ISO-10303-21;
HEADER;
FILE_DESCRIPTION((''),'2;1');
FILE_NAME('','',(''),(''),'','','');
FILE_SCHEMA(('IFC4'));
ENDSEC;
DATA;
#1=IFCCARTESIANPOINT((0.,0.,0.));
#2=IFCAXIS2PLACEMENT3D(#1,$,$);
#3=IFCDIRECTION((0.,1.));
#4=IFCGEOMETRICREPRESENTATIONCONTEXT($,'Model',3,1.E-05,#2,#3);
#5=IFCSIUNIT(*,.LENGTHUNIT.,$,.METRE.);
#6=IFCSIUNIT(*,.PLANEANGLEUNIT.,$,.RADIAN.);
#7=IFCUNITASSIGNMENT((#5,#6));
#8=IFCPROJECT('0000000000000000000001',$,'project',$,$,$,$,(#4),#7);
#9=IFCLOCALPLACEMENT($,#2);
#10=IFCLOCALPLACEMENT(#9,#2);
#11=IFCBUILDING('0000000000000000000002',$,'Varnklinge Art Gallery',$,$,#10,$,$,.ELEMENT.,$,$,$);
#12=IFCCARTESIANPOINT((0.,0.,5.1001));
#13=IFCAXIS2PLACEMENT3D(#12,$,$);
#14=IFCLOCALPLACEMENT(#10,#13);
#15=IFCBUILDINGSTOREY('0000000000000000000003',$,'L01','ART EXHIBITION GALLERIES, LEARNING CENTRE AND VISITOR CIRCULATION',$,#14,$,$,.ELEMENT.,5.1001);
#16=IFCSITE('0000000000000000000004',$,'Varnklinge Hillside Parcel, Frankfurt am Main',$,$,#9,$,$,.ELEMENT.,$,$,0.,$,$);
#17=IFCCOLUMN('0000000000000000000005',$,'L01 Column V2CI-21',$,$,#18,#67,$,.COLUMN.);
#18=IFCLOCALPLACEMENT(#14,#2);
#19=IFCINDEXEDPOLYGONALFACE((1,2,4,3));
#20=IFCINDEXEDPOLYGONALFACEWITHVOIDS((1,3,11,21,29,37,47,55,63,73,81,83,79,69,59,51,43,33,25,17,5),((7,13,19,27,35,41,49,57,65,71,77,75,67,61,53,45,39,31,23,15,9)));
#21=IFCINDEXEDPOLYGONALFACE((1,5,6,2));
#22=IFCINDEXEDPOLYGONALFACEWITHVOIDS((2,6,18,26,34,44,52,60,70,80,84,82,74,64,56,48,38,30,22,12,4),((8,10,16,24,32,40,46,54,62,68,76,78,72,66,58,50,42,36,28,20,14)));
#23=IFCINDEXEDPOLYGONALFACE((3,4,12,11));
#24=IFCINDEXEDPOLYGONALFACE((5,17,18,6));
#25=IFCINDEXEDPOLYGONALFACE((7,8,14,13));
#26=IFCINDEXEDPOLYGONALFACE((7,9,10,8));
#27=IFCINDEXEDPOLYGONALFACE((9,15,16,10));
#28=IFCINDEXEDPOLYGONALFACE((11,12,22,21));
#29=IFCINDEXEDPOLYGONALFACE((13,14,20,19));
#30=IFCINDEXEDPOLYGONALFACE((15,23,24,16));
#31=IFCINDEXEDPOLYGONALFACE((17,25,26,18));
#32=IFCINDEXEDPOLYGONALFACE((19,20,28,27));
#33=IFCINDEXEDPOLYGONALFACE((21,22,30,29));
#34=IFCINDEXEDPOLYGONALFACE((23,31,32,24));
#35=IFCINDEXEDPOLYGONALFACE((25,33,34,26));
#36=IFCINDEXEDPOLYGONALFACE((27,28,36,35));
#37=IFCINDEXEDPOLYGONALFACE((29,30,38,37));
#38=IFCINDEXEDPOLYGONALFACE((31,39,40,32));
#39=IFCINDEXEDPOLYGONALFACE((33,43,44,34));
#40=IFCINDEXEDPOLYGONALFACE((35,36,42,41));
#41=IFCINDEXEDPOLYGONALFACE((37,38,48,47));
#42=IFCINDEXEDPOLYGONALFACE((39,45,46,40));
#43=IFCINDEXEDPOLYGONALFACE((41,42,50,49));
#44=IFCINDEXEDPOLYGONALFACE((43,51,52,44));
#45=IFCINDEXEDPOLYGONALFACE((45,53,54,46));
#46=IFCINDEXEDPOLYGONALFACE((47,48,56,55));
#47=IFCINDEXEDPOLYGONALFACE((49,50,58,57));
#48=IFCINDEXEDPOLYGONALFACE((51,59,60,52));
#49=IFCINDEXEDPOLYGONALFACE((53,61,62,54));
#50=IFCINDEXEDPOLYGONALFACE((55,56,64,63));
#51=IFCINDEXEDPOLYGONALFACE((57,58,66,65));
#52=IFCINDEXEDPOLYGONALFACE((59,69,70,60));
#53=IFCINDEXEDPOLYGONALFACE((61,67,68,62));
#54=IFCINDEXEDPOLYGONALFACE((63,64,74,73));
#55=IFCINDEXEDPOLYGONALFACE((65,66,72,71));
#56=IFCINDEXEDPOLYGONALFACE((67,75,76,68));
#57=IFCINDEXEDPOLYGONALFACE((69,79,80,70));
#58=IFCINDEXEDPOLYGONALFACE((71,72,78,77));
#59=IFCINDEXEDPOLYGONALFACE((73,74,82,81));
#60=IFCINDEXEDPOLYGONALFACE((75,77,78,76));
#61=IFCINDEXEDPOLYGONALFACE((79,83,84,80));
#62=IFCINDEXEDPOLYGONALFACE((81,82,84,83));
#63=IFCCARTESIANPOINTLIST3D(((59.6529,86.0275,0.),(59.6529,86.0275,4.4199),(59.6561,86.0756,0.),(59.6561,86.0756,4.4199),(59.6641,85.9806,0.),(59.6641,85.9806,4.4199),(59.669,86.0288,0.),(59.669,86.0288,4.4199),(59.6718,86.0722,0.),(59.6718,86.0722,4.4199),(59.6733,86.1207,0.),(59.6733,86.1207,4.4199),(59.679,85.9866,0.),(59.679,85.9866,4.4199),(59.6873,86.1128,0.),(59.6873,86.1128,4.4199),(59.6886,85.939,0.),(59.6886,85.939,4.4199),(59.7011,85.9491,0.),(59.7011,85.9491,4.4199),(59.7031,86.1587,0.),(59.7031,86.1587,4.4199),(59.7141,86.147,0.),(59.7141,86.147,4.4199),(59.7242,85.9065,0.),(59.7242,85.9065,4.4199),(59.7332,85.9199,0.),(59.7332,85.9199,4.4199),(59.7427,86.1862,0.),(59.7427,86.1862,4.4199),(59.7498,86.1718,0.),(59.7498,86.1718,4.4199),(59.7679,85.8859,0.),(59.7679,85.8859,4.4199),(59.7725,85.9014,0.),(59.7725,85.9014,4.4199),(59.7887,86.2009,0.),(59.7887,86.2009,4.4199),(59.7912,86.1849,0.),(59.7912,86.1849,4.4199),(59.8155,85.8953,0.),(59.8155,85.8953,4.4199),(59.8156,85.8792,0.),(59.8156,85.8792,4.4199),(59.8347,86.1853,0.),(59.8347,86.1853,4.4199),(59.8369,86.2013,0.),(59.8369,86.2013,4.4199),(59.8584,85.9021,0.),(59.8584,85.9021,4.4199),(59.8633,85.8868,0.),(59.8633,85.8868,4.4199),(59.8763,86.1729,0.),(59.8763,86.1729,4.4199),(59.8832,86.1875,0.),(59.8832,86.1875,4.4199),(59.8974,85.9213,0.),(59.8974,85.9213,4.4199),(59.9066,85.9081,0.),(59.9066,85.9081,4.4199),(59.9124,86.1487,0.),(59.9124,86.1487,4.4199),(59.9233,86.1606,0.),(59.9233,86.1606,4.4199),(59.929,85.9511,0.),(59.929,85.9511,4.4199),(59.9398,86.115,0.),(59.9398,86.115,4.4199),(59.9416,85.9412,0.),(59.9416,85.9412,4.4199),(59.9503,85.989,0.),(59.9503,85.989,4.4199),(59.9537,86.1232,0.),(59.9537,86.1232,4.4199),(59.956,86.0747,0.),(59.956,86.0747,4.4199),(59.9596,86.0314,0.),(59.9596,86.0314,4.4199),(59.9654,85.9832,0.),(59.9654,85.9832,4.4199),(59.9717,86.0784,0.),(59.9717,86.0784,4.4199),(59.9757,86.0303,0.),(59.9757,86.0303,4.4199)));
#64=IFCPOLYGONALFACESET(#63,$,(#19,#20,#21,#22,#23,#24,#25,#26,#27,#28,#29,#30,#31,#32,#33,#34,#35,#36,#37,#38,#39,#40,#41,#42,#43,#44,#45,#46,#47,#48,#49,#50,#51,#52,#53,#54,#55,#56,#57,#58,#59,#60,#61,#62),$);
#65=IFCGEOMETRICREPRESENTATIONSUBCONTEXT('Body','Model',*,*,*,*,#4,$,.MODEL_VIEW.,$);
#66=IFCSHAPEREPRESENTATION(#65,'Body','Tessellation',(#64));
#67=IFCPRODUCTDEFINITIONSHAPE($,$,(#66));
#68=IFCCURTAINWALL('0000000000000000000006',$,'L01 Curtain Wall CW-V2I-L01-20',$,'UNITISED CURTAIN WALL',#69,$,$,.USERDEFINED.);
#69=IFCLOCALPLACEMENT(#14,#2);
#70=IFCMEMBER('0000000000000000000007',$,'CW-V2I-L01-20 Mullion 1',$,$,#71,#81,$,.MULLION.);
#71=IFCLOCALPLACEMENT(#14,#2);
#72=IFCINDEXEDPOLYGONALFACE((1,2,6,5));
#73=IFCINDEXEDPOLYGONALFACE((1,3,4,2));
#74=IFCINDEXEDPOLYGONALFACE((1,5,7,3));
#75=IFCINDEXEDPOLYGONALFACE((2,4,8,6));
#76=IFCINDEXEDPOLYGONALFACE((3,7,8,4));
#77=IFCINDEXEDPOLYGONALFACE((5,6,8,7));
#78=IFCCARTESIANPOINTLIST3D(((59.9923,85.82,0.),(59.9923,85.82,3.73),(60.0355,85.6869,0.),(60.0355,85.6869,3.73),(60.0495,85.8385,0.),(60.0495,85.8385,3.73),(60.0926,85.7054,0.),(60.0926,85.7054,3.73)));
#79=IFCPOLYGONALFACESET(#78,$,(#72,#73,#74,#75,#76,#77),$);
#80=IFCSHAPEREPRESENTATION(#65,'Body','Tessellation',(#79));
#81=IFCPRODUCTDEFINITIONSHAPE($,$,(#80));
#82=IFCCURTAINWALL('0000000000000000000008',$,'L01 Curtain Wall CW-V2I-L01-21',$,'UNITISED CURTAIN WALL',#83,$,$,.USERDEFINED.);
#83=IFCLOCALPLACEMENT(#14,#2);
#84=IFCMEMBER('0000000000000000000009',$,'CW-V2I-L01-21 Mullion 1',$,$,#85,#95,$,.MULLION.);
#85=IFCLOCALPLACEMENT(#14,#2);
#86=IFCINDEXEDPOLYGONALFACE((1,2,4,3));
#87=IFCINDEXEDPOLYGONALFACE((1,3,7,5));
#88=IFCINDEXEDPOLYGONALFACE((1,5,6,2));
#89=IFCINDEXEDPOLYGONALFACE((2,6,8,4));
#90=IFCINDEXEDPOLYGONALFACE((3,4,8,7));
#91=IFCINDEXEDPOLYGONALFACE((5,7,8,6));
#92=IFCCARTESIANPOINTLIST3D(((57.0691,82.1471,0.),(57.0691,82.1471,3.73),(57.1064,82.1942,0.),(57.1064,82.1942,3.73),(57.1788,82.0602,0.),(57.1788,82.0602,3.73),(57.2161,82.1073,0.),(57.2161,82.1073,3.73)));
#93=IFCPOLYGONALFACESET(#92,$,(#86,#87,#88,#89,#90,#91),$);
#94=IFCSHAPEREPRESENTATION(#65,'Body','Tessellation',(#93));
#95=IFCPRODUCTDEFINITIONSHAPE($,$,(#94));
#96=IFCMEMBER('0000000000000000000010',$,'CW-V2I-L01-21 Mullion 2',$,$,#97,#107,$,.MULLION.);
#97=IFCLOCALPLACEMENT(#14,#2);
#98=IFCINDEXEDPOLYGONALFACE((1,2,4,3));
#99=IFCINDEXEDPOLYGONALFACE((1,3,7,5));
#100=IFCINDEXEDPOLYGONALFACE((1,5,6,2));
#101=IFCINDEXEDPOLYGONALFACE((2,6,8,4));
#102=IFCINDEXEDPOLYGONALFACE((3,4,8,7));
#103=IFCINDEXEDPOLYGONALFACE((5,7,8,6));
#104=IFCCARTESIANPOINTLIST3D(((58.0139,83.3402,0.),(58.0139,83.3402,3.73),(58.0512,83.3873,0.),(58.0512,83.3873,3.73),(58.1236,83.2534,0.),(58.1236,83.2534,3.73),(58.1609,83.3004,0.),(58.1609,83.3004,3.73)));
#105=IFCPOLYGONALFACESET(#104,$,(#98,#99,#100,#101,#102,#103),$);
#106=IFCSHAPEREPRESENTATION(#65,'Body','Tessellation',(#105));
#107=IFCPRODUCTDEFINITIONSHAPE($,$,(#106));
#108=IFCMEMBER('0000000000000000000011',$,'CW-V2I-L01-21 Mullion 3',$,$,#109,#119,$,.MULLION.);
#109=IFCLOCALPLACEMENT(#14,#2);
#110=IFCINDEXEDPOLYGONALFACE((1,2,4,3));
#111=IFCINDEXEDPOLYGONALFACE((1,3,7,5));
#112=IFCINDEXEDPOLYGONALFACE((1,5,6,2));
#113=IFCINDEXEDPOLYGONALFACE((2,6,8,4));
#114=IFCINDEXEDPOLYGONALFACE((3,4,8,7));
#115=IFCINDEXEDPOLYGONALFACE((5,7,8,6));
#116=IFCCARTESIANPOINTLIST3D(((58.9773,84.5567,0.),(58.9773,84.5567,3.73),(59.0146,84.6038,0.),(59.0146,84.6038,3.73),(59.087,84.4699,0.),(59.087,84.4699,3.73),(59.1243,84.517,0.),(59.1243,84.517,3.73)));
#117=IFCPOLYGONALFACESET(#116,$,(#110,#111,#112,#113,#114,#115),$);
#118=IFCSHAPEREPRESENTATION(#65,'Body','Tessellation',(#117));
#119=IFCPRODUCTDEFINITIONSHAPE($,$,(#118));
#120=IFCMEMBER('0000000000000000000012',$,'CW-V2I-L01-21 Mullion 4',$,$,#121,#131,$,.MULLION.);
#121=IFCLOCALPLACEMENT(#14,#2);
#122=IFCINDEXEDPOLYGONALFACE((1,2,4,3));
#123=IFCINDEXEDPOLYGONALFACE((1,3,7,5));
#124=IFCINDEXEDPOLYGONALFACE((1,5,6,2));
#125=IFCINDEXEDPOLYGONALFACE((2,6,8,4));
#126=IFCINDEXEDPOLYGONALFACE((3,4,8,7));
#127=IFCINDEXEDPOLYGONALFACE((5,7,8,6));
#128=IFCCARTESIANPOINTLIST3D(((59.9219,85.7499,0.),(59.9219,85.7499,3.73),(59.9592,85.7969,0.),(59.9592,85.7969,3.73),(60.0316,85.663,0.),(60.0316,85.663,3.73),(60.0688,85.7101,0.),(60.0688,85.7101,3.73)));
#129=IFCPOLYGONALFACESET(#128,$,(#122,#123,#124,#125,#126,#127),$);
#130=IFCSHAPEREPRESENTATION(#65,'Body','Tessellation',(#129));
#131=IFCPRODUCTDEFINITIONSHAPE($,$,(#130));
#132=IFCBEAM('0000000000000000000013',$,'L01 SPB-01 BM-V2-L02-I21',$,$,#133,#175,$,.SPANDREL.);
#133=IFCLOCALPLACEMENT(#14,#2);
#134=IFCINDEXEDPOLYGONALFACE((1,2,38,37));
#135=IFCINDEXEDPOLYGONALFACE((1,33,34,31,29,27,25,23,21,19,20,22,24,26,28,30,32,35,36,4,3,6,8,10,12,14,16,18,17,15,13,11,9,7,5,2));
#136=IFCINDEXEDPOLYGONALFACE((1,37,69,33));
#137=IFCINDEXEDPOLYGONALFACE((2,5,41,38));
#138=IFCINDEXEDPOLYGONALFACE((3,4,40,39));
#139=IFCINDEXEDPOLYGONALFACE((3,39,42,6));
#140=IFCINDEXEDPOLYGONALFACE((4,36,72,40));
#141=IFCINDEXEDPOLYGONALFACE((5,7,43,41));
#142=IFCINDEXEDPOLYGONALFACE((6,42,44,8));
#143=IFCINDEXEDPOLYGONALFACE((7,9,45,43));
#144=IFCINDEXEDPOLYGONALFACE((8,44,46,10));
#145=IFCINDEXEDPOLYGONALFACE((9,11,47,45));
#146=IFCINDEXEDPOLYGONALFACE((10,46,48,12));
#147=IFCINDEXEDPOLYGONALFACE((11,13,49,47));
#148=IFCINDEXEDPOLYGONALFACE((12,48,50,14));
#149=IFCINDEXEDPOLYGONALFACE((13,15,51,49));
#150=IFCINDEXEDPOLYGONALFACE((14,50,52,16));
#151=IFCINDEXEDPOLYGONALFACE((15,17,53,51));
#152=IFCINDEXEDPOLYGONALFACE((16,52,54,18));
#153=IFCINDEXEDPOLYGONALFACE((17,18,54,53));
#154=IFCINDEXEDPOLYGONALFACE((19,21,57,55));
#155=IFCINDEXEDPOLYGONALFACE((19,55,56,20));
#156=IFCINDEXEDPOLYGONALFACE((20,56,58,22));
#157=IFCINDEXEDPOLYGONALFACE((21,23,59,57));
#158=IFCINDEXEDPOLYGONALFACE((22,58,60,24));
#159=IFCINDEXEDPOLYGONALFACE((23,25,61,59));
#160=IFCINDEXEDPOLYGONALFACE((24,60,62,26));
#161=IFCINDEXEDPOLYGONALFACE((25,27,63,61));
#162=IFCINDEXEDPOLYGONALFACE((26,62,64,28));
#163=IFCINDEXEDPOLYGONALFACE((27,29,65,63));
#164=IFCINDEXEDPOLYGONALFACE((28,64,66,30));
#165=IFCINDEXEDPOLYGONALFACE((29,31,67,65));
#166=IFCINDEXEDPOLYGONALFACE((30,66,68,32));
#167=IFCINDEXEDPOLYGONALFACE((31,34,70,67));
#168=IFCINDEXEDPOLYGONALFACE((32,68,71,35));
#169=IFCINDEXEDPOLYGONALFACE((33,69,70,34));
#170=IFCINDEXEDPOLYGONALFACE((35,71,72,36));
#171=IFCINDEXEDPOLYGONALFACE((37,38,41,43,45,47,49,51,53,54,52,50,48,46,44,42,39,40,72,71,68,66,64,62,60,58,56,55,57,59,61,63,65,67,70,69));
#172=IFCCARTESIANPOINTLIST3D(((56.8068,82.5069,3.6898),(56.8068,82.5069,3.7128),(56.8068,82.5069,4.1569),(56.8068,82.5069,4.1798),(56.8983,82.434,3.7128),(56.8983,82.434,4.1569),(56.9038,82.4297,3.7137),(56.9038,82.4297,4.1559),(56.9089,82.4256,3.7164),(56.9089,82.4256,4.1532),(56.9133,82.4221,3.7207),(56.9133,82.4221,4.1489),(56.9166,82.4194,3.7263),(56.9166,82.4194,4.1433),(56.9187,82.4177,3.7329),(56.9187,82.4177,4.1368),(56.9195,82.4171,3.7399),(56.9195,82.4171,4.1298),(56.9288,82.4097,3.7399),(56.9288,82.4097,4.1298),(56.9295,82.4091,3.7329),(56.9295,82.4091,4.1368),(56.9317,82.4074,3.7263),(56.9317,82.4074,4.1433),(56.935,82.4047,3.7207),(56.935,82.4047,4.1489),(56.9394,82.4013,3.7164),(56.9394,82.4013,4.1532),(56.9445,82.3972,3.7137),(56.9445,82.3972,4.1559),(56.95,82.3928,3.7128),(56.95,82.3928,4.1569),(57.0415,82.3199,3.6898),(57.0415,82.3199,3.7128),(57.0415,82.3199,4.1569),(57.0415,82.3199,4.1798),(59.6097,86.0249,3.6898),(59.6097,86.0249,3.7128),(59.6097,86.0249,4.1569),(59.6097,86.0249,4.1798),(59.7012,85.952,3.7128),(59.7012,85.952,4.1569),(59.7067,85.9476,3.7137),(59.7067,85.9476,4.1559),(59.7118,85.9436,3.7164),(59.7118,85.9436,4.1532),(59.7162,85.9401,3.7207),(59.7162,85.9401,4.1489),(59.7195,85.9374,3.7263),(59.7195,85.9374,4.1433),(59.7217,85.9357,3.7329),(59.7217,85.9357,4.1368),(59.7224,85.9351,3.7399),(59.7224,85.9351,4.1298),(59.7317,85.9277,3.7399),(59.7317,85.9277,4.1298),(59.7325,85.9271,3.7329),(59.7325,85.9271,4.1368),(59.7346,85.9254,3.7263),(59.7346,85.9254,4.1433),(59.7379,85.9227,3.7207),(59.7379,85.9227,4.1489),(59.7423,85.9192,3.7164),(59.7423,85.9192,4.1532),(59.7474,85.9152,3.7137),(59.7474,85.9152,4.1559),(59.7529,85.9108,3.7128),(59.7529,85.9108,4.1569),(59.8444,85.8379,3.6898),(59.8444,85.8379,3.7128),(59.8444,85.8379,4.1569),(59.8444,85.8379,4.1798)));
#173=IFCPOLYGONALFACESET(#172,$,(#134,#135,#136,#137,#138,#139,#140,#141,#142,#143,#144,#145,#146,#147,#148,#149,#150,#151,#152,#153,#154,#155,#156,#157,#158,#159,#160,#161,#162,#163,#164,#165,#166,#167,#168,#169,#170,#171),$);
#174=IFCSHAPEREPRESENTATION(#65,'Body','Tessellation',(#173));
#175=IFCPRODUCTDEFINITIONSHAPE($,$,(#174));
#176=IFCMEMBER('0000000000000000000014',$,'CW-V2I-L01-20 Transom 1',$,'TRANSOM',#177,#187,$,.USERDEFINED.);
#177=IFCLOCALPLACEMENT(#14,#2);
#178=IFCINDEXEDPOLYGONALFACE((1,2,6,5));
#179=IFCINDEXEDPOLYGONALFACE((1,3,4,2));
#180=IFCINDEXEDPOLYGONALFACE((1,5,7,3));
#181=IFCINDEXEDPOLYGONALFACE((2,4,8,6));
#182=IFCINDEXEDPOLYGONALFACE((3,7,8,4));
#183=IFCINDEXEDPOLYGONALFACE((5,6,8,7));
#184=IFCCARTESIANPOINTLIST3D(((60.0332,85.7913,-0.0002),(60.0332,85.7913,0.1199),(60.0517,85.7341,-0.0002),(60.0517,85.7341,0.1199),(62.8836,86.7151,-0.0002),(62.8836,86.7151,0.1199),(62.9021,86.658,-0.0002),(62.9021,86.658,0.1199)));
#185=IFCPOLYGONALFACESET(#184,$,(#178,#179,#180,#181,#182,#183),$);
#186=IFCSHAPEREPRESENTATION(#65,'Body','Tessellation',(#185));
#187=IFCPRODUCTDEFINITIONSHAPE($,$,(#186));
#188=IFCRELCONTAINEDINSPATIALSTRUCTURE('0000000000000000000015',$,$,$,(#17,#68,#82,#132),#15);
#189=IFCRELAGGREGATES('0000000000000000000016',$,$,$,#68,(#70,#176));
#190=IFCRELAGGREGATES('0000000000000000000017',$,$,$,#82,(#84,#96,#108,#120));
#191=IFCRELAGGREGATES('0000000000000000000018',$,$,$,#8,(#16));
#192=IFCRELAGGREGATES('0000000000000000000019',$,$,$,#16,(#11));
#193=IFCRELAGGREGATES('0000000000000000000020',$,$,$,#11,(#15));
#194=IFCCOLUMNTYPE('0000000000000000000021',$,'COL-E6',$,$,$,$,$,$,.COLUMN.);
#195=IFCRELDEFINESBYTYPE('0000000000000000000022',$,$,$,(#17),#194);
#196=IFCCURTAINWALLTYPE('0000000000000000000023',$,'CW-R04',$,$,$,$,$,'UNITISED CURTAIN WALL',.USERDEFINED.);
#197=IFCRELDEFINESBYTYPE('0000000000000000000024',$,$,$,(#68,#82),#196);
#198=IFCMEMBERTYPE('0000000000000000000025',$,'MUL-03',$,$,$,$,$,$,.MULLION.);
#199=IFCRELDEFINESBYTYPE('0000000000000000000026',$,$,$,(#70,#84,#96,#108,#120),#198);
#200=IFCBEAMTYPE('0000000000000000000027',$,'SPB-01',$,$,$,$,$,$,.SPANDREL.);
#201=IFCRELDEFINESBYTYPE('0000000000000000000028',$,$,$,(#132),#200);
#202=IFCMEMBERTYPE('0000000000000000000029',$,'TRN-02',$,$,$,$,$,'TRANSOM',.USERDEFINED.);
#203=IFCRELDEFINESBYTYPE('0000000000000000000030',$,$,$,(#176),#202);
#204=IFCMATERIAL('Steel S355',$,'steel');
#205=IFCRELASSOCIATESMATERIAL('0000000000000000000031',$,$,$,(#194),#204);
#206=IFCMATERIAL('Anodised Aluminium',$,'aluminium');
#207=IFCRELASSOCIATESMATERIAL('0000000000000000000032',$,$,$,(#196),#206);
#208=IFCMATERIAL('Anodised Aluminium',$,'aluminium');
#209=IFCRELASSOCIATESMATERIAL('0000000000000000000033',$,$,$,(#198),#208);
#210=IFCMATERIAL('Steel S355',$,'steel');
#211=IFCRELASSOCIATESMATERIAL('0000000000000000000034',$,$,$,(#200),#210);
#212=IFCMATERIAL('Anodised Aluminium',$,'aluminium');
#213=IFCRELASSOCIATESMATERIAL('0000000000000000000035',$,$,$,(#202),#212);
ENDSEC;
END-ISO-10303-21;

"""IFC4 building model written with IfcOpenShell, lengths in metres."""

from ifc_helpers import new_model, si_unit, direction, frame, origin, origin_2d, place, context, subcontext, project, spatial, rectangle, hollow_circle, i_section, extrude, material, material_profile, profile_set, type_object, element, aggregate, save


model = new_model("IFC4")

# Units and contexts
model_context = context("Model", 3, precision=1e-05, world=origin(), true_north=direction((0.0, 1.0)))
body_context = subcontext(model_context, "Body", "Model", "MODEL_VIEW")
ifc_project = project(units=[si_unit("LENGTHUNIT", "METRE"), si_unit("PLANEANGLEUNIT", "RADIAN")], contexts=[model_context])

# Site, building, storey
site_placement = place(None, origin())
site = spatial("IfcSite", under=ifc_project, at=site_placement, Name="Varnklinge Hillside Parcel, Frankfurt am Main", CompositionType="ELEMENT", RefElevation=0.0)
building_placement = place(site_placement, origin())
building = spatial("IfcBuilding", under=site, at=building_placement, Name="Varnklinge Art Gallery", CompositionType="ELEMENT")
storey_placement = place(building_placement, frame((0.0, 0.0, 5.1001)))
storey = spatial("IfcBuildingStorey", under=building, at=storey_placement, Name="L01", Description="ART EXHIBITION GALLERIES, LEARNING CENTRE AND VISITOR CIRCULATION", CompositionType="ELEMENT", Elevation=5.1001)

# Column
ifc_material_1 = material(Name="Steel S355", Category="steel")
ifc_material_profile_1 = material_profile(ifc_material_1, hollow_circle(Radius=0.1619, WallThickness=0.0161, at=origin_2d()), Name="CHS 323.9x16")
ifc_profile_set_1 = profile_set([ifc_material_profile_1], Name="Steel S355")
column_type = type_object("IfcColumnType", Name="COL-E6", PredefinedType="COLUMN", material=ifc_profile_set_1)
column_placement = place(storey_placement, frame((59.8142, 86.041, 0.0), z_axis=(0.0, 0.0, 1.0), x_axis=(0.57057, -0.821249, 0.0)))
element("IfcColumn", 1, at=column_placement, inside=storey, type_object=column_type, Name="L01 Column V2CI-21", PredefinedType="COLUMN", context=body_context, shape_type="SweptSolid", body=[
    extrude(hollow_circle(Radius=0.1619, WallThickness=0.0161, at=origin_2d()), origin(), (0.0, 0.0, 1.0), 4.4199),
])

# Curtain wall, member
ifc_material_2 = material(Name="Anodised Aluminium", Category="aluminium")
curtain_wall_type = type_object("IfcCurtainWallType", Name="CW-R04", ElementType="UNITISED CURTAIN WALL", PredefinedType="USERDEFINED", material=ifc_material_2)
curtain_wall_1_placement = place(storey_placement, origin())
curtain_wall_1 = element("IfcCurtainWall", 2, at=curtain_wall_1_placement, inside=storey, type_object=curtain_wall_type, Name="L01 Curtain Wall CW-V2I-L01-20", ObjectType="UNITISED CURTAIN WALL", PredefinedType="USERDEFINED")
ifc_material_3 = material(Name="Anodised Aluminium", Category="aluminium")
ifc_material_profile_2 = material_profile(ifc_material_3, rectangle(XDim=0.0601, YDim=0.1399, at=origin_2d()), Name="ALU 60x140")
ifc_profile_set_2 = profile_set([ifc_material_profile_2], Name="Anodised Aluminium")
member_type_1 = type_object("IfcMemberType", Name="MUL-03", PredefinedType="MULLION", material=ifc_profile_set_2)
member_1_placement = place(storey_placement, frame((60.0425, 85.7627, 0.0), z_axis=(0.0, 0.0, 1.0), x_axis=(0.951272, 0.308353, 0.0)))
member_1 = element("IfcMember", 3, at=member_1_placement, type_object=member_type_1, Name="CW-V2I-L01-20 Mullion 1", PredefinedType="MULLION", context=body_context, shape_type="SweptSolid", body=[
    extrude(rectangle(XDim=0.0601, YDim=0.1399, at=origin_2d()), origin(), (0.0, 0.0, 1.0), 3.73),
])

# Curtain wall, members
curtain_wall_2_placement = place(storey_placement, origin())
curtain_wall_2 = element("IfcCurtainWall", 4, at=curtain_wall_2_placement, inside=storey, type_object=curtain_wall_type, Name="L01 Curtain Wall CW-V2I-L01-21", ObjectType="UNITISED CURTAIN WALL", PredefinedType="USERDEFINED")
member_2_placement = place(storey_placement, frame((57.1426, 82.1272, 0.0), z_axis=(0.0, 0.0, 1.0), x_axis=(0.620737, 0.784019, 0.0)))
member_2 = element("IfcMember", 5, at=member_2_placement, type_object=member_type_1, Name="CW-V2I-L01-21 Mullion 1", PredefinedType="MULLION", context=body_context, shape_type="SweptSolid", body=[
    extrude(rectangle(XDim=0.0601, YDim=0.1399, at=origin_2d()), origin(), (0.0, 0.0, 1.0), 3.73),
])
member_3_placement = place(storey_placement, frame((58.0874, 83.3203, 0.0), z_axis=(0.0, 0.0, 1.0), x_axis=(0.620737, 0.784019, 0.0)))
member_3 = element("IfcMember", 6, at=member_3_placement, type_object=member_type_1, Name="CW-V2I-L01-21 Mullion 2", PredefinedType="MULLION", context=body_context, shape_type="SweptSolid", body=[
    extrude(rectangle(XDim=0.0601, YDim=0.1399, at=origin_2d()), origin(), (0.0, 0.0, 1.0), 3.73),
])
member_4_placement = place(storey_placement, frame((59.0508, 84.5369, 0.0), z_axis=(0.0, 0.0, 1.0), x_axis=(0.620737, 0.784019, 0.0)))
member_4 = element("IfcMember", 7, at=member_4_placement, type_object=member_type_1, Name="CW-V2I-L01-21 Mullion 3", PredefinedType="MULLION", context=body_context, shape_type="SweptSolid", body=[
    extrude(rectangle(XDim=0.0601, YDim=0.1399, at=origin_2d()), origin(), (0.0, 0.0, 1.0), 3.73),
])
member_5_placement = place(storey_placement, frame((59.9954, 85.73, 0.0), z_axis=(0.0, 0.0, 1.0), x_axis=(0.620737, 0.784019, 0.0)))
member_5 = element("IfcMember", 8, at=member_5_placement, type_object=member_type_1, Name="CW-V2I-L01-21 Mullion 4", PredefinedType="MULLION", context=body_context, shape_type="SweptSolid", body=[
    extrude(rectangle(XDim=0.0601, YDim=0.1399, at=origin_2d()), origin(), (0.0, 0.0, 1.0), 3.73),
])

# Beam
ifc_material_4 = material(Name="Steel S355", Category="steel")
ifc_material_profile_3 = material_profile(ifc_material_4, i_section(OverallWidth=0.3, OverallDepth=0.49, WebThickness=0.012, FlangeThickness=0.0229, FilletRadius=0.0271, at=origin_2d()), Name="HEA 500")
ifc_profile_set_3 = profile_set([ifc_material_profile_3], Name="Steel S355")
beam_type = type_object("IfcBeamType", Name="SPB-01", PredefinedType="SPANDREL", material=ifc_profile_set_3)
beam_placement = place(storey_placement, frame((59.7271, 85.9314, 3.9348), z_axis=(-0.623138, -0.782112, 0.0), x_axis=(0.782112, -0.623138, 0.0)))
element("IfcBeam", 9, at=beam_placement, inside=storey, type_object=beam_type, Name="L01 SPB-01 BM-V2-L02-I21", PredefinedType="SPANDREL", context=body_context, shape_type="SweptSolid", body=[
    extrude(i_section(OverallWidth=0.3, OverallDepth=0.49, WebThickness=0.012, FlangeThickness=0.0229, FilletRadius=0.0271, at=origin_2d()), origin(), (0.0, 0.0, 1.0), 4.498),
])

# Member
ifc_material_5 = material(Name="Anodised Aluminium", Category="aluminium")
ifc_material_profile_4 = material_profile(ifc_material_5, rectangle(XDim=0.0601, YDim=0.1201, at=origin_2d()), Name="ALU 60x120")
ifc_profile_set_4 = profile_set([ifc_material_profile_4], Name="Anodised Aluminium")
member_type_2 = type_object("IfcMemberType", Name="TRN-02", ElementType="TRANSOM", PredefinedType="USERDEFINED", material=ifc_profile_set_4)
member_6_placement = place(storey_placement, frame((60.0425, 85.7627, 0.0598), z_axis=(0.951282, 0.308321, 0.0), x_axis=(-0.308321, 0.951282, 0.0)))
member_6 = element("IfcMember", 10, at=member_6_placement, type_object=member_type_2, Name="CW-V2I-L01-20 Transom 1", ObjectType="TRANSOM", PredefinedType="USERDEFINED", context=body_context, shape_type="SweptSolid", body=[
    extrude(rectangle(XDim=0.0601, YDim=0.1201, at=origin_2d()), origin(), (0.0, 0.0, 1.0), 2.9963),
])

aggregate(curtain_wall_1, [member_1, member_6])
aggregate(curtain_wall_2, [member_2, member_3, member_4, member_5])

save(model, "model.ifc")
